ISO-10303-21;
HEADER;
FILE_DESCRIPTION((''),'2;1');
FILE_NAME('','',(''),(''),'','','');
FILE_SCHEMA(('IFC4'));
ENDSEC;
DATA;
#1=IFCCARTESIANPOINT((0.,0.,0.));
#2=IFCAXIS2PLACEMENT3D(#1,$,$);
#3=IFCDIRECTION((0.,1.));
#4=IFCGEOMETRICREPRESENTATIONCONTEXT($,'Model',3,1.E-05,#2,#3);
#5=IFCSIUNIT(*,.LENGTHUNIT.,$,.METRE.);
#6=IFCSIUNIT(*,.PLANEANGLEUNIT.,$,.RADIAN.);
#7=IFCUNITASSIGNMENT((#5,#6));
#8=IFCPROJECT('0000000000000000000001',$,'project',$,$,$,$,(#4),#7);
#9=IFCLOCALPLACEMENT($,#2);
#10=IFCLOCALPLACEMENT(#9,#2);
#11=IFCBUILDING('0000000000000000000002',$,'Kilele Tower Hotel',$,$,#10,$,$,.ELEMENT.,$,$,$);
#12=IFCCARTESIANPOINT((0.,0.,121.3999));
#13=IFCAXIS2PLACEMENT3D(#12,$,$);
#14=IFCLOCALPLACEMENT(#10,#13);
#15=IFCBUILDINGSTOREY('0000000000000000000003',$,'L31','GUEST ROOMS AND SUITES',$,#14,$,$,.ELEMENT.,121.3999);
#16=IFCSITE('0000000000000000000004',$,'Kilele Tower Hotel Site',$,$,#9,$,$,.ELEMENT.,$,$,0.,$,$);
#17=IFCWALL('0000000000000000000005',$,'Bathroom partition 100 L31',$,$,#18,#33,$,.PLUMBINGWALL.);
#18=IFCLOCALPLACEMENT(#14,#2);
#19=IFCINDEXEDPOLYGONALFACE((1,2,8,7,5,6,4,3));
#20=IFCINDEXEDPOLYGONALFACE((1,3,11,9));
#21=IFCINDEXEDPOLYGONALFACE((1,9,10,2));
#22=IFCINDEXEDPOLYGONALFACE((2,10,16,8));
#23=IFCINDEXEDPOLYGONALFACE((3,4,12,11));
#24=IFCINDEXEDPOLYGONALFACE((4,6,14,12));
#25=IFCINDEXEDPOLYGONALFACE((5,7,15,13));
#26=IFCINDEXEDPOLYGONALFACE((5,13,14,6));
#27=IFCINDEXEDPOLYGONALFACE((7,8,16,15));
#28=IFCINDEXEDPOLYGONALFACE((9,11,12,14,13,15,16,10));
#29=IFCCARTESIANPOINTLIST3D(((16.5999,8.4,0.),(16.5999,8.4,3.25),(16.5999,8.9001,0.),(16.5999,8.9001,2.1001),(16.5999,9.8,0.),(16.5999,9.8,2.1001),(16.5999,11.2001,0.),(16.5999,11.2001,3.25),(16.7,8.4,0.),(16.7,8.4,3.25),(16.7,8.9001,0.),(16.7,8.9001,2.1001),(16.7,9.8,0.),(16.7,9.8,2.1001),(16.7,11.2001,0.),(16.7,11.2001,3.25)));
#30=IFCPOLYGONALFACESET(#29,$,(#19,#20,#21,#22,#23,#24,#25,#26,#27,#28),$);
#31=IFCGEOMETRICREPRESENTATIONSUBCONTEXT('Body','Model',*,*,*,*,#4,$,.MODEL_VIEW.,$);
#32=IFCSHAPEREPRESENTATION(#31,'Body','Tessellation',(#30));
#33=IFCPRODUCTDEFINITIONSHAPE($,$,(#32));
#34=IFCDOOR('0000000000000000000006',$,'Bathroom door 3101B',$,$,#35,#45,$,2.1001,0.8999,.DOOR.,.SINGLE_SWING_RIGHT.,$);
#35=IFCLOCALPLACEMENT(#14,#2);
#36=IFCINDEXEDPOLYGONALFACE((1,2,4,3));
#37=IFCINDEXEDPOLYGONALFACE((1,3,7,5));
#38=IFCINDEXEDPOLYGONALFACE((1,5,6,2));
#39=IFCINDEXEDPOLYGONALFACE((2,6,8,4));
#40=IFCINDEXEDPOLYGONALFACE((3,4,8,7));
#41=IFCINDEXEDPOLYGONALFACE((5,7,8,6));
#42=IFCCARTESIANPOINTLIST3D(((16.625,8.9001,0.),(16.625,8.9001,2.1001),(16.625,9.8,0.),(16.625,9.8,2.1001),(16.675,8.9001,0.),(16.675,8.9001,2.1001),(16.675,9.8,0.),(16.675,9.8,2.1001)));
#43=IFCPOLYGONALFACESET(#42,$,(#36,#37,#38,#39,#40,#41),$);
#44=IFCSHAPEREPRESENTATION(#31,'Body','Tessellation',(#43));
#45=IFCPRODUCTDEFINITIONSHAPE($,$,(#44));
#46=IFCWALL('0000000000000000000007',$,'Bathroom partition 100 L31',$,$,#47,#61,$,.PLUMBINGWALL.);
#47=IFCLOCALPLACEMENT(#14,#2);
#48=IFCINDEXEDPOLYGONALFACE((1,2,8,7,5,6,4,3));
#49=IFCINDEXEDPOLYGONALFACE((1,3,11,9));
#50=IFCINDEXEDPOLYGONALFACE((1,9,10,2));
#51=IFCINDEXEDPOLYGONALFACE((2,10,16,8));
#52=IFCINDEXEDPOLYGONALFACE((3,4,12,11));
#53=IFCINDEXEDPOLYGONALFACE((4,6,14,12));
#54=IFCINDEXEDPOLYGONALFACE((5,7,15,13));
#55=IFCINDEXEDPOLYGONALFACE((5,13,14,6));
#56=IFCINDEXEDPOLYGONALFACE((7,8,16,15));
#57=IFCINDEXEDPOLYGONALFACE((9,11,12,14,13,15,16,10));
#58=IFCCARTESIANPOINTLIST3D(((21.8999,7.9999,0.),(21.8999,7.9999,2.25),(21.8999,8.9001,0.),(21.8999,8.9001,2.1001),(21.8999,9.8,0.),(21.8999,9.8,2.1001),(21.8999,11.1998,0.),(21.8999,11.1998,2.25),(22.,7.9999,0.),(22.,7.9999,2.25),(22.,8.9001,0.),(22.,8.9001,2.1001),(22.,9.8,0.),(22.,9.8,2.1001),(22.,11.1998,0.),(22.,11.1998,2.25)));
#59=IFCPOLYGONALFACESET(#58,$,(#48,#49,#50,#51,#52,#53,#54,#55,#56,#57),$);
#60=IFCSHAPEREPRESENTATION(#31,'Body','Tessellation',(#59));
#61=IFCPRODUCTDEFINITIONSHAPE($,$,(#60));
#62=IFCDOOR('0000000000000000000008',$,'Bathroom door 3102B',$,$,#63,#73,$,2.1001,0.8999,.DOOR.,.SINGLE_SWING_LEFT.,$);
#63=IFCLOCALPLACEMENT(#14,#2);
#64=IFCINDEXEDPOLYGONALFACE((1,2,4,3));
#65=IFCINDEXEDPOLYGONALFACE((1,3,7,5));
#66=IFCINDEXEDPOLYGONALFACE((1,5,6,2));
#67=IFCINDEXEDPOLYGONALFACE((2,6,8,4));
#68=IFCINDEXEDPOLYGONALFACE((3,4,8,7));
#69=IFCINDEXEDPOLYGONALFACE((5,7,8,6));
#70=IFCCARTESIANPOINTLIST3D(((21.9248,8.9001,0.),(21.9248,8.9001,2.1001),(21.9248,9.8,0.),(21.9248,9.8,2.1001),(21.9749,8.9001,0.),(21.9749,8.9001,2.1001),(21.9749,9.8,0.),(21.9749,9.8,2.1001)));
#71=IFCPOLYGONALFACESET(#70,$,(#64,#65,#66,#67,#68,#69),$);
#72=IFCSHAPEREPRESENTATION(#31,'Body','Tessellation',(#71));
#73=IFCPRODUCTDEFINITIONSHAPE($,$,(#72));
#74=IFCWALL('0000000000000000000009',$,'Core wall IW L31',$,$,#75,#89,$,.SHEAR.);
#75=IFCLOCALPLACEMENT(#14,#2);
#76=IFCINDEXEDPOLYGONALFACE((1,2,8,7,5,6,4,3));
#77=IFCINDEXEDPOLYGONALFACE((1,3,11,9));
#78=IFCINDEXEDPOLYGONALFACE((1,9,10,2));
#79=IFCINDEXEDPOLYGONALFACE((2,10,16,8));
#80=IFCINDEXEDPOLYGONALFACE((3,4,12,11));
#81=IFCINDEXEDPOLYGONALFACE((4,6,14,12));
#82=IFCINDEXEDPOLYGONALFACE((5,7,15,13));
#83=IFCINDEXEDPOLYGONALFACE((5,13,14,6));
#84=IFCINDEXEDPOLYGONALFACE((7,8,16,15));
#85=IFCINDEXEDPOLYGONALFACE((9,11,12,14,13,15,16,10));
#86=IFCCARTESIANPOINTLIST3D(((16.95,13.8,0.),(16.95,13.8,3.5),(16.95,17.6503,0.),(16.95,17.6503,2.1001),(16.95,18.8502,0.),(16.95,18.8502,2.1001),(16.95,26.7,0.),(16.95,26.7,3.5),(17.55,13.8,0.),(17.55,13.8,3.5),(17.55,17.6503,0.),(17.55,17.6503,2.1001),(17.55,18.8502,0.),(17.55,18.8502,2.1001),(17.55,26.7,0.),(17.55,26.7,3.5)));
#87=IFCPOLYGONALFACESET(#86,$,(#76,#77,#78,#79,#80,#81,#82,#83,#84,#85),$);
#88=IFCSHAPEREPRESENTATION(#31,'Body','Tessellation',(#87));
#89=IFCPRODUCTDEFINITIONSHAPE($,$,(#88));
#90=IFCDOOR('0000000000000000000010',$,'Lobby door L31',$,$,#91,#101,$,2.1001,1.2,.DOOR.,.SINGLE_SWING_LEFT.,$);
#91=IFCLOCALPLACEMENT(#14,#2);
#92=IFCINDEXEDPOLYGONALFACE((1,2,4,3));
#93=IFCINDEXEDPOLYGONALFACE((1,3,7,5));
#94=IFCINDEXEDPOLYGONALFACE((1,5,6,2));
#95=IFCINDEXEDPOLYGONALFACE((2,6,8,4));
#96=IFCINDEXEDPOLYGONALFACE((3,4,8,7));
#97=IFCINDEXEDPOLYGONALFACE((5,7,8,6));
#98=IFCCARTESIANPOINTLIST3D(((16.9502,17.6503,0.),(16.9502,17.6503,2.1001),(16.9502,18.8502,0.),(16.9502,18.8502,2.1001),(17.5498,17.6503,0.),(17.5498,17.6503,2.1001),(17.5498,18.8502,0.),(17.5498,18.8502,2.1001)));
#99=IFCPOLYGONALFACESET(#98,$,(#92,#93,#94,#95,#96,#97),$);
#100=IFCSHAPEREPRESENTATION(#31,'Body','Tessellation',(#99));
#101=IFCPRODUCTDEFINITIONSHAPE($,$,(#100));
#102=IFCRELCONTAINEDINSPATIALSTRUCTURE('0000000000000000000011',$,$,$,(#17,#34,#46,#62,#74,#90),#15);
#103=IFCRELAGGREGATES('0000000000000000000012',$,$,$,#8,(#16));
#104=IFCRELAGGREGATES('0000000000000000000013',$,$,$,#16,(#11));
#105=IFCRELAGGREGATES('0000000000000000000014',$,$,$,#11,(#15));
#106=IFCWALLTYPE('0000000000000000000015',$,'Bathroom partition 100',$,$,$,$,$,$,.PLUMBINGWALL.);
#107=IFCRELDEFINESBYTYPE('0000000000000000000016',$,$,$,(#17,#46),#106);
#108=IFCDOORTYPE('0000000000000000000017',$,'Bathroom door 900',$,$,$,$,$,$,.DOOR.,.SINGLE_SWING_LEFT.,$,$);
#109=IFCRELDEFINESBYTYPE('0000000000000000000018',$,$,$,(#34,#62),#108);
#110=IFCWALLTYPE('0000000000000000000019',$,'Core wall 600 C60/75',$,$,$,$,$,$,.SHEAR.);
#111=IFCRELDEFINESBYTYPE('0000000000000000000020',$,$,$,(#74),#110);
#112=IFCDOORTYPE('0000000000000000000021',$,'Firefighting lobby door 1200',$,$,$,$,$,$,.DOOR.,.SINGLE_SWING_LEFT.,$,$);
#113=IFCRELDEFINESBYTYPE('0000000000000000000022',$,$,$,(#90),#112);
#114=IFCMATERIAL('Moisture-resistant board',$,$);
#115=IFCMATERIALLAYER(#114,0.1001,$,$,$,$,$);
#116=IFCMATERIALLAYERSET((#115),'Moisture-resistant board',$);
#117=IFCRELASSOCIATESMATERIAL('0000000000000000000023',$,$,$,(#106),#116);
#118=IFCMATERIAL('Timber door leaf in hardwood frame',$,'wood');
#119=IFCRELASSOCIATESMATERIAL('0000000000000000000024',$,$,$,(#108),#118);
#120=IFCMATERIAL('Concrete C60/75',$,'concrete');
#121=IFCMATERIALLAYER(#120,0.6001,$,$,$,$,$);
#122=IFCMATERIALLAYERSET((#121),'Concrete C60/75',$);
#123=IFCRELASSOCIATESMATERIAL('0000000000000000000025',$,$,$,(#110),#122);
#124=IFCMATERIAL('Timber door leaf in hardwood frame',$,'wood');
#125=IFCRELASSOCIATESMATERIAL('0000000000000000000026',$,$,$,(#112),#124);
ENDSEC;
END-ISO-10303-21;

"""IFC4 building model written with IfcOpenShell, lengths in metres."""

from ifc_helpers import new_model, si_unit, direction, frame, frame_2d, origin, place, context, subcontext, project, spatial, rectangle, extrude, material, layer, layer_set, type_object, element, fill, save


model = new_model("IFC4")

# Units and contexts
model_context = context("Model", 3, precision=1e-05, world=origin(), true_north=direction((0.0, 1.0)))
body_context = subcontext(model_context, "Body", "Model", "MODEL_VIEW")
ifc_project = project(units=[si_unit("LENGTHUNIT", "METRE"), si_unit("PLANEANGLEUNIT", "RADIAN")], contexts=[model_context])

# Site, building, storey
site_placement = place(None, origin())
site = spatial("IfcSite", under=ifc_project, at=site_placement, Name="Kilele Tower Hotel Site", CompositionType="ELEMENT", RefElevation=0.0)
building_placement = place(site_placement, origin())
building = spatial("IfcBuilding", under=site, at=building_placement, Name="Kilele Tower Hotel", CompositionType="ELEMENT")
storey_placement = place(building_placement, frame((0.0, 0.0, 121.3999)))
storey = spatial("IfcBuildingStorey", under=building, at=storey_placement, Name="L31", Description="GUEST ROOMS AND SUITES", CompositionType="ELEMENT", Elevation=121.3999)

# Walls, openings, doors
ifc_material_1 = material(Name="Moisture-resistant board")
ifc_layer_1 = layer(ifc_material_1, 0.1001)
ifc_layer_set_1 = layer_set([ifc_layer_1], Name="Moisture-resistant board")
wall_type_1 = type_object("IfcWallType", Name="Bathroom partition 100", PredefinedType="PLUMBINGWALL", material=ifc_layer_set_1)
wall_1_placement = place(storey_placement, frame((16.6499, 11.2, 0.0), z_axis=(0.0, 0.0, 1.0), x_axis=(0.0, -1.0, 0.0)))
wall_1 = element("IfcWall", 1, at=wall_1_placement, inside=storey, type_object=wall_type_1, Name="Bathroom partition 100 L31", PredefinedType="PLUMBINGWALL", context=body_context, shape_type="SweptSolid", body=[
    extrude(rectangle(XDim=2.8, YDim=0.1001, at=frame_2d((1.3999, 0.0))), origin(), (0.0, 0.0, 1.0), 3.25),
])
opening_1_placement = place(wall_1_placement, frame((2.2998, 0.0, 0.0), z_axis=(0.0, 0.0, 1.0), x_axis=(-1.0, 0.0, 0.0)))
opening_1 = element("IfcOpeningElement", 2, at=opening_1_placement, cuts=wall_1, PredefinedType="OPENING", context=body_context, shape_type="SweptSolid", body=[
    extrude(rectangle(XDim=0.8999, YDim=2.1001, at=frame_2d((0.45, 1.05))), frame((0.0, 0.0601, 0.0), z_axis=(0.0, -1.0, 0.0), x_axis=(1.0, 0.0, 0.0)), (0.0, 0.0, 1.0), 0.1201),
])
ifc_material_2 = material(Name="Timber door leaf in hardwood frame", Category="wood")
door_type_1 = type_object("IfcDoorType", Name="Bathroom door 900", OperationType="SINGLE_SWING_LEFT", PredefinedType="DOOR", material=ifc_material_2)
door_1_placement = place(opening_1_placement, origin())
door_1 = element("IfcDoor", 3, at=door_1_placement, inside=storey, type_object=door_type_1, Name="Bathroom door 3101B", OperationType="SINGLE_SWING_RIGHT", OverallHeight=2.1001, OverallWidth=0.8999, PredefinedType="DOOR", context=body_context, shape_type="SweptSolid", body=[
    extrude(rectangle(XDim=0.8999, YDim=2.1001, at=frame_2d((0.45, 1.05))), frame((0.0, 0.0249, 0.0), z_axis=(0.0, -1.0, 0.0), x_axis=(1.0, 0.0, 0.0)), (0.0, 0.0, 1.0), 0.05),
])
fill(opening_1, door_1)
wall_2_placement = place(storey_placement, frame((21.95, 11.2, 0.0), z_axis=(0.0, 0.0, 1.0), x_axis=(0.0, -1.0, 0.0)))
wall_2 = element("IfcWall", 4, at=wall_2_placement, inside=storey, type_object=wall_type_1, Name="Bathroom partition 100 L31", PredefinedType="PLUMBINGWALL", context=body_context, shape_type="SweptSolid", body=[
    extrude(rectangle(XDim=3.2, YDim=0.1001, at=frame_2d((1.6001, 0.0))), origin(), (0.0, 0.0, 1.0), 2.25),
])
opening_2_placement = place(wall_2_placement, frame((1.3999, 0.0, 0.0)))
opening_2 = element("IfcOpeningElement", 5, at=opening_2_placement, cuts=wall_2, PredefinedType="OPENING", context=body_context, shape_type="SweptSolid", body=[
    extrude(rectangle(XDim=0.8999, YDim=2.1001, at=frame_2d((0.45, 1.05))), frame((0.0, 0.0601, 0.0), z_axis=(0.0, -1.0, 0.0), x_axis=(1.0, 0.0, 0.0)), (0.0, 0.0, 1.0), 0.1201),
])
door_2_placement = place(opening_2_placement, origin())
door_2 = element("IfcDoor", 6, at=door_2_placement, inside=storey, type_object=door_type_1, Name="Bathroom door 3102B", OperationType="SINGLE_SWING_LEFT", OverallHeight=2.1001, OverallWidth=0.8999, PredefinedType="DOOR", context=body_context, shape_type="SweptSolid", body=[
    extrude(rectangle(XDim=0.8999, YDim=2.1001, at=frame_2d((0.45, 1.05))), frame((0.0, 0.0249, 0.0), z_axis=(0.0, -1.0, 0.0), x_axis=(1.0, 0.0, 0.0)), (0.0, 0.0, 1.0), 0.05),
])
fill(opening_2, door_2)
ifc_material_3 = material(Name="Concrete C60/75", Category="concrete")
ifc_layer_2 = layer(ifc_material_3, 0.6001)
ifc_layer_set_2 = layer_set([ifc_layer_2], Name="Concrete C60/75")
wall_type_2 = type_object("IfcWallType", Name="Core wall 600 C60/75", PredefinedType="SHEAR", material=ifc_layer_set_2)
wall_3_placement = place(storey_placement, frame((17.25, 13.8, 0.0), z_axis=(0.0, 0.0, 1.0), x_axis=(0.0, 1.0, 0.0)))
wall_3 = element("IfcWall", 7, at=wall_3_placement, inside=storey, type_object=wall_type_2, Name="Core wall IW L31", PredefinedType="SHEAR", context=body_context, shape_type="SweptSolid", body=[
    extrude(rectangle(XDim=12.8999, YDim=0.6001, at=frame_2d((6.45, 0.0))), origin(), (0.0, 0.0, 1.0), 3.5),
])
opening_3_placement = place(wall_3_placement, frame((3.8501, 0.0, 0.0)))
opening_3 = element("IfcOpeningElement", 8, at=opening_3_placement, cuts=wall_3, PredefinedType="OPENING", context=body_context, shape_type="SweptSolid", body=[
    extrude(rectangle(XDim=1.2, YDim=2.1001, at=frame_2d((0.6001, 1.05))), frame((0.0, 0.3101, 0.0), z_axis=(0.0, -1.0, 0.0), x_axis=(1.0, 0.0, 0.0)), (0.0, 0.0, 1.0), 0.6201),
])
ifc_material_4 = material(Name="Timber door leaf in hardwood frame", Category="wood")
door_type_2 = type_object("IfcDoorType", Name="Firefighting lobby door 1200", OperationType="SINGLE_SWING_LEFT", PredefinedType="DOOR", material=ifc_material_4)
door_3_placement = place(opening_3_placement, origin())
door_3 = element("IfcDoor", 9, at=door_3_placement, inside=storey, type_object=door_type_2, Name="Lobby door L31", OperationType="SINGLE_SWING_LEFT", OverallHeight=2.1001, OverallWidth=1.2, PredefinedType="DOOR", context=body_context, shape_type="SweptSolid", body=[
    extrude(rectangle(XDim=1.2, YDim=2.1001, at=frame_2d((0.6001, 1.05))), frame((0.0, 0.2998, 0.0), z_axis=(0.0, -1.0, 0.0), x_axis=(1.0, 0.0, 0.0)), (0.0, 0.0, 1.0), 0.5996),
])
fill(opening_3, door_3)

save(model, "model.ifc")
